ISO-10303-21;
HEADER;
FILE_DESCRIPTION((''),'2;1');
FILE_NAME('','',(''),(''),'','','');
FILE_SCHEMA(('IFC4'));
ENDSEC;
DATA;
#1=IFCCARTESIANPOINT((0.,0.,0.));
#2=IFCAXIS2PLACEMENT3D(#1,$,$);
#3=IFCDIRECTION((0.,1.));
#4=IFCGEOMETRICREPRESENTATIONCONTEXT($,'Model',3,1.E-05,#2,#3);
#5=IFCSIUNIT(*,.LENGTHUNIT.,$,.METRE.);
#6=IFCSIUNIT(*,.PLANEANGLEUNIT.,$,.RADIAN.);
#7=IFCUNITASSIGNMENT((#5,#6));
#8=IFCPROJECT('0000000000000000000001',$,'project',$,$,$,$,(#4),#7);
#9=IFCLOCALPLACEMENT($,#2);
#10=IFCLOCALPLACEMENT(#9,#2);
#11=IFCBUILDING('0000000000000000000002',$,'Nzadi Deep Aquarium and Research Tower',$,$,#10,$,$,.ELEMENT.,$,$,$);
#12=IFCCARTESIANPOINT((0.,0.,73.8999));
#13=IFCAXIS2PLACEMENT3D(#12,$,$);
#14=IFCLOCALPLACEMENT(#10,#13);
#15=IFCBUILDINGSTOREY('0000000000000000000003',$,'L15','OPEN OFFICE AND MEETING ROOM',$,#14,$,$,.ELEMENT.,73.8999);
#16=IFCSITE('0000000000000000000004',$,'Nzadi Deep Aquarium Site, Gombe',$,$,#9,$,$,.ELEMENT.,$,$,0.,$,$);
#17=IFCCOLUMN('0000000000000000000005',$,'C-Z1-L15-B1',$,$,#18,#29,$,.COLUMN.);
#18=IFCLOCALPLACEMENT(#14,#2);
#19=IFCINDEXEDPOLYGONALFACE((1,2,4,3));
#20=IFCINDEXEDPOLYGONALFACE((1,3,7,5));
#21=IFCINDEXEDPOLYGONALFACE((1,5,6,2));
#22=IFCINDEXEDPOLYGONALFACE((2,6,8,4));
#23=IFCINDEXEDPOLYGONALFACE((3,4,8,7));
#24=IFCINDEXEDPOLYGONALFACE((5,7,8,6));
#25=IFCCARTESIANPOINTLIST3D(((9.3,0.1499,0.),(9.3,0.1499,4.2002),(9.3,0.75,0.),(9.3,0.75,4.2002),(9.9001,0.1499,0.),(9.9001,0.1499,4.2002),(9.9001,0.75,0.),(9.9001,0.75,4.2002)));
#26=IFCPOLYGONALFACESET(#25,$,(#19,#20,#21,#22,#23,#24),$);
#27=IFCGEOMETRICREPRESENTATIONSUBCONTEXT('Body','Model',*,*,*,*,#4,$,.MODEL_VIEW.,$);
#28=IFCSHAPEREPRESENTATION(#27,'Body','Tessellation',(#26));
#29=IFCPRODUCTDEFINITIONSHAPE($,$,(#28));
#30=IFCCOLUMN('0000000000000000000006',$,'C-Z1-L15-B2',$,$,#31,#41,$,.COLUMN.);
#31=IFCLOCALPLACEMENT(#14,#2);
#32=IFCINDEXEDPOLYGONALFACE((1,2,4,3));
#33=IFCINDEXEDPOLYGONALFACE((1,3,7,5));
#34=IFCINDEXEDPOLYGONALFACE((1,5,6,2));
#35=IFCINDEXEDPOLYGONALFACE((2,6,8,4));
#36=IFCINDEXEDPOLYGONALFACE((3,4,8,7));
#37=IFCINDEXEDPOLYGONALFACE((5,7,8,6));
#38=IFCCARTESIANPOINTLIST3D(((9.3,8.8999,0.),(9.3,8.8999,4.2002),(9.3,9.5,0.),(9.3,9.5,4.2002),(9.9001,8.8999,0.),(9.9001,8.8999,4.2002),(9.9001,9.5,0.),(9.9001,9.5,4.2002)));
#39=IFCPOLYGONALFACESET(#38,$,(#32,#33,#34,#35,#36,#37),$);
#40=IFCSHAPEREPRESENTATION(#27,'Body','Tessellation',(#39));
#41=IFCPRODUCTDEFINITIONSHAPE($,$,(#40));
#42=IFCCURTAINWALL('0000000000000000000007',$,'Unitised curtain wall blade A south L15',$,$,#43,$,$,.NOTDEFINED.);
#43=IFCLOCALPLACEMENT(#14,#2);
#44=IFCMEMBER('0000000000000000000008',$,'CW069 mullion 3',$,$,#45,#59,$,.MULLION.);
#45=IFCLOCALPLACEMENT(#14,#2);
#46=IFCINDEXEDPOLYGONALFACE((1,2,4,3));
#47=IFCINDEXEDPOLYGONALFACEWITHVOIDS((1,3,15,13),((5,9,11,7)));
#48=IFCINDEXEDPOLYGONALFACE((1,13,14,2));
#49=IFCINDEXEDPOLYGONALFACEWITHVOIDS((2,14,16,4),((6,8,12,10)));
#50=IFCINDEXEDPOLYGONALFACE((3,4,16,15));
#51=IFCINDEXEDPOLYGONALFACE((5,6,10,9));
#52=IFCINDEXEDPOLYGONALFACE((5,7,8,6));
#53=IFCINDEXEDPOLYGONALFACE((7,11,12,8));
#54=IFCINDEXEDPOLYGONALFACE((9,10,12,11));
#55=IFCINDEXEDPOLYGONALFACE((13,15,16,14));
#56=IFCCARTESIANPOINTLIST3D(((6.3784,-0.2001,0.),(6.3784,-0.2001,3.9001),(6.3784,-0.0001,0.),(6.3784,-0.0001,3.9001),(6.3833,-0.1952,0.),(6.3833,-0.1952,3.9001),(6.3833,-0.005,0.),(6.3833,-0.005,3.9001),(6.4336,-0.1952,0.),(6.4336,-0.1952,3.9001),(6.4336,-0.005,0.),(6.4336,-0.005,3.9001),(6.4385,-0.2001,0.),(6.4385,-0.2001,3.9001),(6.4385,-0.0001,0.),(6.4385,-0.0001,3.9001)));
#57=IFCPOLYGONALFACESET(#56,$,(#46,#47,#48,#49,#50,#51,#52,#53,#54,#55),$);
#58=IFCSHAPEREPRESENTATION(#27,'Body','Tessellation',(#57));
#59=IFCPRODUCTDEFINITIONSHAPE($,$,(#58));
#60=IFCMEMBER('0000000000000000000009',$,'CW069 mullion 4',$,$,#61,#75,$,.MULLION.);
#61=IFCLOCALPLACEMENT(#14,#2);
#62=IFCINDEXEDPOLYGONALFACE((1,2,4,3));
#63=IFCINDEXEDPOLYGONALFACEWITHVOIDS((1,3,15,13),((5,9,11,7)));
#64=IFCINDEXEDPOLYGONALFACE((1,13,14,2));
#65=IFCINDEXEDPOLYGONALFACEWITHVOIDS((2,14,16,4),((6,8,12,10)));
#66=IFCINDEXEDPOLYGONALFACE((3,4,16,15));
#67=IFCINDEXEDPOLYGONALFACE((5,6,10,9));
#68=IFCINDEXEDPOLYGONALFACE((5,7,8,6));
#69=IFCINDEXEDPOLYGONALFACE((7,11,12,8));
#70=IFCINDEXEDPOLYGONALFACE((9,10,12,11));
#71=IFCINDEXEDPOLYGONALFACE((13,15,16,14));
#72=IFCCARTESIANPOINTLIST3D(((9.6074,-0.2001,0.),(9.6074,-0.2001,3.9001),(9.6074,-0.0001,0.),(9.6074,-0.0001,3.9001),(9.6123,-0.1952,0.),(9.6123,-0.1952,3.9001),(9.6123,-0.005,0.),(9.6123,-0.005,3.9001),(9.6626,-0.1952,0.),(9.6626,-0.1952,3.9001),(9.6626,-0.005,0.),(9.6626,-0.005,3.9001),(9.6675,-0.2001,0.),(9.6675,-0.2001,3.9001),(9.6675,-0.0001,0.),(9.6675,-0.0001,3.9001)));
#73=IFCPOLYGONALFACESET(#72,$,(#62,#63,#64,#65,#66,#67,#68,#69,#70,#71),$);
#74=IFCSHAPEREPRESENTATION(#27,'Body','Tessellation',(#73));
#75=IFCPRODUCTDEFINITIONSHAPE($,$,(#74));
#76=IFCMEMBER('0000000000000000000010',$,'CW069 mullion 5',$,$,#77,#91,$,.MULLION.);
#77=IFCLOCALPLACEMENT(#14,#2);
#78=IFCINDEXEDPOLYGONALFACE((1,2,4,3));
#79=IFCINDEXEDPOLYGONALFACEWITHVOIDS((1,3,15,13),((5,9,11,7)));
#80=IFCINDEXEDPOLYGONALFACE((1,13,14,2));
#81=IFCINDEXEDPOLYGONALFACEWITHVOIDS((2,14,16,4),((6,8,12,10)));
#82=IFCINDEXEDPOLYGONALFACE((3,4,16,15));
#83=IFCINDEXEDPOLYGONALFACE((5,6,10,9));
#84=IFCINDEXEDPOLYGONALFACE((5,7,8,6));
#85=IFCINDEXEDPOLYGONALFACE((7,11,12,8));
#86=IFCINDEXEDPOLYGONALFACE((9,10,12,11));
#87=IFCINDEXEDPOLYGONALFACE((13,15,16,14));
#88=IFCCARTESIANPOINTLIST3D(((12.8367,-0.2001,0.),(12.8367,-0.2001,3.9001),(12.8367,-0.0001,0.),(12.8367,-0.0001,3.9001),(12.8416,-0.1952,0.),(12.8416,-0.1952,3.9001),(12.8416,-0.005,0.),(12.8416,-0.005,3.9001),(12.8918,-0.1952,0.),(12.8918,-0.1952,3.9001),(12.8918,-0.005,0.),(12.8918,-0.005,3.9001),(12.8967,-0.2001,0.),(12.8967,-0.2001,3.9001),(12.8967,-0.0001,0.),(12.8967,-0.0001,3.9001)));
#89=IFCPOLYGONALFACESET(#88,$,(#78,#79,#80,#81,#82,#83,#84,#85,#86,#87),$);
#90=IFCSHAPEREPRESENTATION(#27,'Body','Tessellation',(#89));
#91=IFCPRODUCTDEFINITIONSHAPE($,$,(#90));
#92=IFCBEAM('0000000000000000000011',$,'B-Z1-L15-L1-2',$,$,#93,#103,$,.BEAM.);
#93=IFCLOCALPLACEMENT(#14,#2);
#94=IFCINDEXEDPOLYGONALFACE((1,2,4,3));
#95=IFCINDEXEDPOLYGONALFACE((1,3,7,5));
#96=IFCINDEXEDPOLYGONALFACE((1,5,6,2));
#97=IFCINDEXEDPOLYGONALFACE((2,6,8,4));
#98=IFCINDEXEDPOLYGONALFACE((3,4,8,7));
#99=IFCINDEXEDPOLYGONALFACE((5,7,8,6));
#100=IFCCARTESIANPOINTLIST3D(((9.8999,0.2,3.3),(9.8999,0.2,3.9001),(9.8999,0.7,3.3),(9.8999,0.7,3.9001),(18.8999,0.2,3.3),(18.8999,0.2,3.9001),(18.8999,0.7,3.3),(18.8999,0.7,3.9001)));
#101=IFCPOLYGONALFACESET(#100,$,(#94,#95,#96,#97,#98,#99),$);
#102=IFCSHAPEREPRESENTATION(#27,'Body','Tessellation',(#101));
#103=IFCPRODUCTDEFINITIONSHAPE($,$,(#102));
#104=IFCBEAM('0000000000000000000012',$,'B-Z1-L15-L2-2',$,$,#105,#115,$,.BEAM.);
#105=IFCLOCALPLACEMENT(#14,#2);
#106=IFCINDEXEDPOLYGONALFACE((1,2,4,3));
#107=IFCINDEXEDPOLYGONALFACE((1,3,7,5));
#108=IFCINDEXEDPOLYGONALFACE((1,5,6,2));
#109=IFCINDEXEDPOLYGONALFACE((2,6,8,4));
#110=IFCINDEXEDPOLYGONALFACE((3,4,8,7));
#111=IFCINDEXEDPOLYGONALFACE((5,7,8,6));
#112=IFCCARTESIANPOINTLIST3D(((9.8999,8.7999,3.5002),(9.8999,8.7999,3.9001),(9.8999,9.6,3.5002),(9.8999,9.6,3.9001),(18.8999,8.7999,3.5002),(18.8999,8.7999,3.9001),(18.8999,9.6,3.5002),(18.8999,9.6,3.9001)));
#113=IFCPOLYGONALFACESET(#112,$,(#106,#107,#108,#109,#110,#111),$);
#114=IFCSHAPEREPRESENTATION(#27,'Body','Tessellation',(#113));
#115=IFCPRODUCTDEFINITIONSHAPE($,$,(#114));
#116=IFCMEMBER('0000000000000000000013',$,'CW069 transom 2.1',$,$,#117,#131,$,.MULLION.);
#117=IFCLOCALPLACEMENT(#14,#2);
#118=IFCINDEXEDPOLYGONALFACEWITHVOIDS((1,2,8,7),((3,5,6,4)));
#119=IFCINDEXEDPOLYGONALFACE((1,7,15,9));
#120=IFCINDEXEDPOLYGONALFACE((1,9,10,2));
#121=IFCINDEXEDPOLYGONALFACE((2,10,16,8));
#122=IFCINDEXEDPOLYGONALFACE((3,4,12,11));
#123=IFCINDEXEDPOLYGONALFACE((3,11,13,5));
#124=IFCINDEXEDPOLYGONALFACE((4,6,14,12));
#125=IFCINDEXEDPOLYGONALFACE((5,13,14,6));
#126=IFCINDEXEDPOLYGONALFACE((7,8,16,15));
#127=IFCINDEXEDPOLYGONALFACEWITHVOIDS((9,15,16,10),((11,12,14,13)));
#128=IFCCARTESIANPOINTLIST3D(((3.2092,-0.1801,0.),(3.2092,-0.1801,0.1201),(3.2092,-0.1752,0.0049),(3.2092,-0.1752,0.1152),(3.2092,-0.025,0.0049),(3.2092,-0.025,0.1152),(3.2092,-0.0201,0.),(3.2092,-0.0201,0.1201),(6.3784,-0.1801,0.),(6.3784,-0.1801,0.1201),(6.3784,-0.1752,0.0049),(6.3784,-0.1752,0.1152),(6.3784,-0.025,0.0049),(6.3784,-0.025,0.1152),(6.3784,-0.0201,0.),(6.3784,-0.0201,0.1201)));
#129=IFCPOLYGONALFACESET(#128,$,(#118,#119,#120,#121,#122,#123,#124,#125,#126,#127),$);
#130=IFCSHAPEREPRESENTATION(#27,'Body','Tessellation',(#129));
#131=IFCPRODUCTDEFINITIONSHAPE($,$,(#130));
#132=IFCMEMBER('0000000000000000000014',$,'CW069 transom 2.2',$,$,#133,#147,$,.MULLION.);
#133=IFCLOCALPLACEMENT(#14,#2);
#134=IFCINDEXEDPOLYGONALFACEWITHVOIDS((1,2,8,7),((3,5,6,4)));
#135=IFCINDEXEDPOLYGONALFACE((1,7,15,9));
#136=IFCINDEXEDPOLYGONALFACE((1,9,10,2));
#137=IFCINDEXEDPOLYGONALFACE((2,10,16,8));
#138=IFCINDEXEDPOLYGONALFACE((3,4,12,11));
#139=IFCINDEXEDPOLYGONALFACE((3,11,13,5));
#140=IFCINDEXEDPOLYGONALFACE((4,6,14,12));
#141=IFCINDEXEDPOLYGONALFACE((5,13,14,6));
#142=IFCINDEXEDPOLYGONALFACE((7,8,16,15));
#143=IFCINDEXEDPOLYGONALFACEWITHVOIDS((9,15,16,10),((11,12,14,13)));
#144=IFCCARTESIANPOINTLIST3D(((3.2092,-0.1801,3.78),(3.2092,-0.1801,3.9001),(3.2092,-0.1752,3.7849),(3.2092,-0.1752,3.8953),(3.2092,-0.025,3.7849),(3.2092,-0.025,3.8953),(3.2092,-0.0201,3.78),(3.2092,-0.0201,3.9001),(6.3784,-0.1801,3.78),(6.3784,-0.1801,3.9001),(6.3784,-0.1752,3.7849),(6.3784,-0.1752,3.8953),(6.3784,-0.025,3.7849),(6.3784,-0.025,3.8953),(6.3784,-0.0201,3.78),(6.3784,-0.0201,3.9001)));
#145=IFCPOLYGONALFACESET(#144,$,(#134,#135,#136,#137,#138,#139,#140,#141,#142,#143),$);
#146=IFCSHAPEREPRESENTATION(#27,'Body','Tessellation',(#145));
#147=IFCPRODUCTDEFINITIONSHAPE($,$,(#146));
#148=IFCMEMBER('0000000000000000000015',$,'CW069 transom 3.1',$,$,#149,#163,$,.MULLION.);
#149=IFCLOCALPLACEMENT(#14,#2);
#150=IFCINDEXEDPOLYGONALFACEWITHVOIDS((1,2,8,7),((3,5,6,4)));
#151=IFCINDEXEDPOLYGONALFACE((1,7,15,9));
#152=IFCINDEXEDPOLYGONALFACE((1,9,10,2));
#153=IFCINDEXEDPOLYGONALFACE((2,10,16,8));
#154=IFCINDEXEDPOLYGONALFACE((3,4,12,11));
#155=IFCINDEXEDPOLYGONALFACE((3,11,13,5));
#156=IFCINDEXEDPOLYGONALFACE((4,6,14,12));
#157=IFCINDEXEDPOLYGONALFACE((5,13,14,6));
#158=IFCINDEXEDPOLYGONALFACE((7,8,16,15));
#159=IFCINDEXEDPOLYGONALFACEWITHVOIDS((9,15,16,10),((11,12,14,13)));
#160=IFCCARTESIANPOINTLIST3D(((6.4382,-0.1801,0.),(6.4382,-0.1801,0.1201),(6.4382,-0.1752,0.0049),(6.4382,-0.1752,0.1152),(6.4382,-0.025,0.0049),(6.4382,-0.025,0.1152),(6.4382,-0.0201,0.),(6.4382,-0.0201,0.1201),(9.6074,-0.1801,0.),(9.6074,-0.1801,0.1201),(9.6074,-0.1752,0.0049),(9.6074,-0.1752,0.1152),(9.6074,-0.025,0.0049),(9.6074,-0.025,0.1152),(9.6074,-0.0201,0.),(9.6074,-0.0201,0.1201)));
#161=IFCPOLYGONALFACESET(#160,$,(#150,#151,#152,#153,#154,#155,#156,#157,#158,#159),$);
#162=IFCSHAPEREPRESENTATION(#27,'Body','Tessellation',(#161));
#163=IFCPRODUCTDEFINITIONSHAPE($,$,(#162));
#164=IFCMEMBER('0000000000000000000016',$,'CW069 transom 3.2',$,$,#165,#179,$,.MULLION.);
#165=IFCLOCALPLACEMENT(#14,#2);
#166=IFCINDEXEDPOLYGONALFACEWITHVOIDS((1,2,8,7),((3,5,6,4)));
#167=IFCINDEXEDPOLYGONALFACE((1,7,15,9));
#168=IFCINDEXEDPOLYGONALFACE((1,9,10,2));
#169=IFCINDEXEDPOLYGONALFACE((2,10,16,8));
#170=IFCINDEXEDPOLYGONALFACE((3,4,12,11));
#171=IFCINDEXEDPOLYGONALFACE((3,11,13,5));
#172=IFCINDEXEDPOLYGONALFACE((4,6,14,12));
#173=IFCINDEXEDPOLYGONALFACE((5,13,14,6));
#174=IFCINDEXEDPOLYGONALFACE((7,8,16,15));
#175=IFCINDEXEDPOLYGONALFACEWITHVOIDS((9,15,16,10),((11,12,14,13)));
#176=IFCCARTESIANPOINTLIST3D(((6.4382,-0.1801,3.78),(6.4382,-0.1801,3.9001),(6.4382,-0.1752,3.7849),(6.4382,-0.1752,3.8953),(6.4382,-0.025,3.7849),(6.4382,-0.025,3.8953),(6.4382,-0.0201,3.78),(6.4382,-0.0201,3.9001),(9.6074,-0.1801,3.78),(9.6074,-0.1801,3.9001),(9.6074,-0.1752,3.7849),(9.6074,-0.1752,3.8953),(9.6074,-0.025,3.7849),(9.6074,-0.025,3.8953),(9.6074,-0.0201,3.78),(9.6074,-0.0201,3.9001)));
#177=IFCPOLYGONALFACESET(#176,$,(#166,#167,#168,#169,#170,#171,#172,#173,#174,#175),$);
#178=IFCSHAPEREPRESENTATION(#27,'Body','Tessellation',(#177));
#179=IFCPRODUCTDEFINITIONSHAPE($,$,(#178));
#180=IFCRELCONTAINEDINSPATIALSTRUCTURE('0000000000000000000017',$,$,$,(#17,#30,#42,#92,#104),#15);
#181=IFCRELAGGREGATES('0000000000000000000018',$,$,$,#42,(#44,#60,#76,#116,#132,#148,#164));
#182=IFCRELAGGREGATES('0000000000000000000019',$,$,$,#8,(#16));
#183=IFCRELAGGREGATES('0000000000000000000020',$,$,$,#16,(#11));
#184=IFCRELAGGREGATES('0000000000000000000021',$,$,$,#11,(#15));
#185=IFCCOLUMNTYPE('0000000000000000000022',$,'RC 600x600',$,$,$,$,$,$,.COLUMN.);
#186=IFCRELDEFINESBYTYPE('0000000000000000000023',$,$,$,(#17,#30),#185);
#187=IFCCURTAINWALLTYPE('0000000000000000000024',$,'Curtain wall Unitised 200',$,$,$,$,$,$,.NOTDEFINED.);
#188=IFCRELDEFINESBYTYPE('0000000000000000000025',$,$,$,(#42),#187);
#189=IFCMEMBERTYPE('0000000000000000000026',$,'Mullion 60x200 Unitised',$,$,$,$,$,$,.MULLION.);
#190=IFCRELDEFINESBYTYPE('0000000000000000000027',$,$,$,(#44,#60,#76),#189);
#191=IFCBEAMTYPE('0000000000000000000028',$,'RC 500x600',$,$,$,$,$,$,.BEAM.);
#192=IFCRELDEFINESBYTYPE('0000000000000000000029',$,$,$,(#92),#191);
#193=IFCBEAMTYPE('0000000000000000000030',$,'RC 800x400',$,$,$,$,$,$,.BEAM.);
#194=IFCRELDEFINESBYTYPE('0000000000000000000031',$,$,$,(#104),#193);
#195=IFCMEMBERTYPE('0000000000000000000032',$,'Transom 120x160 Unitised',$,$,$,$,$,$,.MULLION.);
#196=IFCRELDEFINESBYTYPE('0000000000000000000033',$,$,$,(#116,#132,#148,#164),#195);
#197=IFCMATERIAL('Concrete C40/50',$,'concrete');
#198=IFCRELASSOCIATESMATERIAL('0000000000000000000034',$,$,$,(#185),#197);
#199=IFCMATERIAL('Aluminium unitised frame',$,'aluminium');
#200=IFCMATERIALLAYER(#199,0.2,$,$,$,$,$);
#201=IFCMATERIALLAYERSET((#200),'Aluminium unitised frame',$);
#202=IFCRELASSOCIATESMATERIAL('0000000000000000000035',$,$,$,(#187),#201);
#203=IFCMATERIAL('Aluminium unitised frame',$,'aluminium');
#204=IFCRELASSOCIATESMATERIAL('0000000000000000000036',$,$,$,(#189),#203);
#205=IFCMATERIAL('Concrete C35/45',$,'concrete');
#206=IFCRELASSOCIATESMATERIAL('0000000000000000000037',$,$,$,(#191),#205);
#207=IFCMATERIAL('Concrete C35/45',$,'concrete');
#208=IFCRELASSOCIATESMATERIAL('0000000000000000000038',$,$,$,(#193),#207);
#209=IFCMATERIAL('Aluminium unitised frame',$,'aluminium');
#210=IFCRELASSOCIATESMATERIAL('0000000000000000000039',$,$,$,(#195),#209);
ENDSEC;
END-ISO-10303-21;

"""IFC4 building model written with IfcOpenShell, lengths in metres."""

from ifc_helpers import new_model, si_unit, direction, frame, origin, origin_2d, place, context, subcontext, project, spatial, rectangle, hollow_rectangle, extrude, material, layer, layer_set, material_profile, profile_set, type_object, element, aggregate, save


model = new_model("IFC4")

# Units and contexts
model_context = context("Model", 3, precision=1e-05, world=origin(), true_north=direction((0.0, 1.0)))
body_context = subcontext(model_context, "Body", "Model", "MODEL_VIEW")
ifc_project = project(units=[si_unit("LENGTHUNIT", "METRE"), si_unit("PLANEANGLEUNIT", "RADIAN")], contexts=[model_context])

# Site, building, storey
site_placement = place(None, origin())
site = spatial("IfcSite", under=ifc_project, at=site_placement, Name="Nzadi Deep Aquarium Site, Gombe", CompositionType="ELEMENT", RefElevation=0.0)
building_placement = place(site_placement, origin())
building = spatial("IfcBuilding", under=site, at=building_placement, Name="Nzadi Deep Aquarium and Research Tower", CompositionType="ELEMENT")
storey_placement = place(building_placement, frame((0.0, 0.0, 73.8999)))
storey = spatial("IfcBuildingStorey", under=building, at=storey_placement, Name="L15", Description="OPEN OFFICE AND MEETING ROOM", CompositionType="ELEMENT", Elevation=73.8999)

# Columns
ifc_material_1 = material(Name="Concrete C40/50", Category="concrete")
ifc_material_profile_1 = material_profile(ifc_material_1, rectangle(XDim=0.6001, YDim=0.6001, at=origin_2d()))
ifc_profile_set_1 = profile_set([ifc_material_profile_1], Name="Concrete C40/50")
column_type = type_object("IfcColumnType", Name="RC 600x600", PredefinedType="COLUMN", material=ifc_profile_set_1)
for number, where, z_axis, x_axis, name in (
    (1, (9.6001, 0.45, 0.0), (0.0, 0.0, 1.0), (1.0, 0.0, 0.0), "C-Z1-L15-B1"),
    (2, (9.6001, 9.2, 0.0), (0.0, 0.0, 1.0), (1.0, 0.0, 0.0), "C-Z1-L15-B2"),
):
    element("IfcColumn", number, at=place(storey_placement, frame(where, z_axis=z_axis, x_axis=x_axis)), inside=storey, type_object=column_type, Name=name, PredefinedType="COLUMN", context=body_context, shape_type="SweptSolid", body=[
        extrude(rectangle(XDim=0.6001, YDim=0.6001, at=origin_2d()), origin(), (0.0, 0.0, 1.0), 4.2002),
    ])

# Curtain wall, members
ifc_material_2 = material(Name="Aluminium unitised frame", Category="aluminium")
ifc_layer_1 = layer(ifc_material_2, 0.2)
ifc_layer_set_1 = layer_set([ifc_layer_1], Name="Aluminium unitised frame")
curtain_wall_type = type_object("IfcCurtainWallType", Name="Curtain wall Unitised 200", PredefinedType="NOTDEFINED", material=ifc_layer_set_1)
curtain_wall_placement = place(storey_placement, origin())
curtain_wall = element("IfcCurtainWall", 3, at=curtain_wall_placement, inside=storey, type_object=curtain_wall_type, Name="Unitised curtain wall blade A south L15", PredefinedType="NOTDEFINED")
ifc_material_3 = material(Name="Aluminium unitised frame", Category="aluminium")
ifc_material_profile_2 = material_profile(ifc_material_3, hollow_rectangle(XDim=0.2, YDim=0.0601, WallThickness=0.0049, at=origin_2d()))
ifc_profile_set_2 = profile_set([ifc_material_profile_2], Name="Aluminium unitised frame")
member_type_1 = type_object("IfcMemberType", Name="Mullion 60x200 Unitised", PredefinedType="MULLION", material=ifc_profile_set_2)
member_1_placement = place(storey_placement, frame((6.4084, -0.1001, 0.0), z_axis=(0.0, 0.0, 1.0), x_axis=(0.0, 1.0, 0.0)))
member_1 = element("IfcMember", 4, at=member_1_placement, type_object=member_type_1, Name="CW069 mullion 3", PredefinedType="MULLION", context=body_context, shape_type="SweptSolid", body=[
    extrude(hollow_rectangle(XDim=0.2, YDim=0.0601, WallThickness=0.0049, at=origin_2d()), origin(), (0.0, 0.0, 1.0), 3.9001),
])
member_2_placement = place(storey_placement, frame((9.6375, -0.1001, 0.0), z_axis=(0.0, 0.0, 1.0), x_axis=(0.0, 1.0, 0.0)))
member_2 = element("IfcMember", 5, at=member_2_placement, type_object=member_type_1, Name="CW069 mullion 4", PredefinedType="MULLION", context=body_context, shape_type="SweptSolid", body=[
    extrude(hollow_rectangle(XDim=0.2, YDim=0.0601, WallThickness=0.0049, at=origin_2d()), origin(), (0.0, 0.0, 1.0), 3.9001),
])
member_3_placement = place(storey_placement, frame((12.8667, -0.1001, 0.0), z_axis=(0.0, 0.0, 1.0), x_axis=(0.0, 1.0, 0.0)))
member_3 = element("IfcMember", 6, at=member_3_placement, type_object=member_type_1, Name="CW069 mullion 5", PredefinedType="MULLION", context=body_context, shape_type="SweptSolid", body=[
    extrude(hollow_rectangle(XDim=0.2, YDim=0.0601, WallThickness=0.0049, at=origin_2d()), origin(), (0.0, 0.0, 1.0), 3.9001),
])

# Beams
ifc_material_4 = material(Name="Concrete C35/45", Category="concrete")
ifc_material_profile_3 = material_profile(ifc_material_4, rectangle(XDim=0.5, YDim=0.6001, at=origin_2d()))
ifc_profile_set_3 = profile_set([ifc_material_profile_3], Name="Concrete C35/45")
beam_type_1 = type_object("IfcBeamType", Name="RC 500x600", PredefinedType="BEAM", material=ifc_profile_set_3)
beam_1_placement = place(storey_placement, frame((9.8999, 0.45, 3.6001), z_axis=(1.0, 0.0, 0.0), x_axis=(0.0, 1.0, 0.0)))
element("IfcBeam", 7, at=beam_1_placement, inside=storey, type_object=beam_type_1, Name="B-Z1-L15-L1-2", PredefinedType="BEAM", context=body_context, shape_type="SweptSolid", body=[
    extrude(rectangle(XDim=0.5, YDim=0.6001, at=origin_2d()), origin(), (0.0, 0.0, 1.0), 9.0),
])
ifc_material_5 = material(Name="Concrete C35/45", Category="concrete")
ifc_material_profile_4 = material_profile(ifc_material_5, rectangle(XDim=0.8, YDim=0.3999, at=origin_2d()))
ifc_profile_set_4 = profile_set([ifc_material_profile_4], Name="Concrete C35/45")
beam_type_2 = type_object("IfcBeamType", Name="RC 800x400", PredefinedType="BEAM", material=ifc_profile_set_4)
beam_2_placement = place(storey_placement, frame((9.8999, 9.2, 3.7002), z_axis=(1.0, 0.0, 0.0), x_axis=(0.0, 1.0, 0.0)))
element("IfcBeam", 8, at=beam_2_placement, inside=storey, type_object=beam_type_2, Name="B-Z1-L15-L2-2", PredefinedType="BEAM", context=body_context, shape_type="SweptSolid", body=[
    extrude(rectangle(XDim=0.8, YDim=0.3999, at=origin_2d()), origin(), (0.0, 0.0, 1.0), 9.0),
])

# Members
ifc_material_6 = material(Name="Aluminium unitised frame", Category="aluminium")
ifc_material_profile_5 = material_profile(ifc_material_6, hollow_rectangle(XDim=0.1599, YDim=0.1201, WallThickness=0.0049, at=origin_2d()))
ifc_profile_set_5 = profile_set([ifc_material_profile_5], Name="Aluminium unitised frame")
member_type_2 = type_object("IfcMemberType", Name="Transom 120x160 Unitised", PredefinedType="MULLION", material=ifc_profile_set_5)
member_4_placement = place(storey_placement, frame((3.2092, -0.1001, 0.0601), z_axis=(1.0, 0.0, 0.0), x_axis=(0.0, 1.0, 0.0)))
member_4 = element("IfcMember", 9, at=member_4_placement, type_object=member_type_2, Name="CW069 transom 2.1", PredefinedType="MULLION", context=body_context, shape_type="SweptSolid", body=[
    extrude(hollow_rectangle(XDim=0.1599, YDim=0.1201, WallThickness=0.0049, at=origin_2d()), origin(), (0.0, 0.0, 1.0), 3.1692),
])
member_5_placement = place(storey_placement, frame((3.2092, -0.1001, 3.8401), z_axis=(1.0, 0.0, 0.0), x_axis=(0.0, 1.0, 0.0)))
member_5 = element("IfcMember", 10, at=member_5_placement, type_object=member_type_2, Name="CW069 transom 2.2", PredefinedType="MULLION", context=body_context, shape_type="SweptSolid", body=[
    extrude(hollow_rectangle(XDim=0.1599, YDim=0.1201, WallThickness=0.0049, at=origin_2d()), origin(), (0.0, 0.0, 1.0), 3.1692),
])
member_6_placement = place(storey_placement, frame((6.4382, -0.1001, 0.0601), z_axis=(1.0, 0.0, 0.0), x_axis=(0.0, 1.0, 0.0)))
member_6 = element("IfcMember", 11, at=member_6_placement, type_object=member_type_2, Name="CW069 transom 3.1", PredefinedType="MULLION", context=body_context, shape_type="SweptSolid", body=[
    extrude(hollow_rectangle(XDim=0.1599, YDim=0.1201, WallThickness=0.0049, at=origin_2d()), origin(), (0.0, 0.0, 1.0), 3.1692),
])
member_7_placement = place(storey_placement, frame((6.4382, -0.1001, 3.8401), z_axis=(1.0, 0.0, 0.0), x_axis=(0.0, 1.0, 0.0)))
member_7 = element("IfcMember", 12, at=member_7_placement, type_object=member_type_2, Name="CW069 transom 3.2", PredefinedType="MULLION", context=body_context, shape_type="SweptSolid", body=[
    extrude(hollow_rectangle(XDim=0.1599, YDim=0.1201, WallThickness=0.0049, at=origin_2d()), origin(), (0.0, 0.0, 1.0), 3.1692),
])

aggregate(curtain_wall, [member_1, member_2, member_3, member_4, member_5, member_6, member_7])

save(model, "model.ifc")
